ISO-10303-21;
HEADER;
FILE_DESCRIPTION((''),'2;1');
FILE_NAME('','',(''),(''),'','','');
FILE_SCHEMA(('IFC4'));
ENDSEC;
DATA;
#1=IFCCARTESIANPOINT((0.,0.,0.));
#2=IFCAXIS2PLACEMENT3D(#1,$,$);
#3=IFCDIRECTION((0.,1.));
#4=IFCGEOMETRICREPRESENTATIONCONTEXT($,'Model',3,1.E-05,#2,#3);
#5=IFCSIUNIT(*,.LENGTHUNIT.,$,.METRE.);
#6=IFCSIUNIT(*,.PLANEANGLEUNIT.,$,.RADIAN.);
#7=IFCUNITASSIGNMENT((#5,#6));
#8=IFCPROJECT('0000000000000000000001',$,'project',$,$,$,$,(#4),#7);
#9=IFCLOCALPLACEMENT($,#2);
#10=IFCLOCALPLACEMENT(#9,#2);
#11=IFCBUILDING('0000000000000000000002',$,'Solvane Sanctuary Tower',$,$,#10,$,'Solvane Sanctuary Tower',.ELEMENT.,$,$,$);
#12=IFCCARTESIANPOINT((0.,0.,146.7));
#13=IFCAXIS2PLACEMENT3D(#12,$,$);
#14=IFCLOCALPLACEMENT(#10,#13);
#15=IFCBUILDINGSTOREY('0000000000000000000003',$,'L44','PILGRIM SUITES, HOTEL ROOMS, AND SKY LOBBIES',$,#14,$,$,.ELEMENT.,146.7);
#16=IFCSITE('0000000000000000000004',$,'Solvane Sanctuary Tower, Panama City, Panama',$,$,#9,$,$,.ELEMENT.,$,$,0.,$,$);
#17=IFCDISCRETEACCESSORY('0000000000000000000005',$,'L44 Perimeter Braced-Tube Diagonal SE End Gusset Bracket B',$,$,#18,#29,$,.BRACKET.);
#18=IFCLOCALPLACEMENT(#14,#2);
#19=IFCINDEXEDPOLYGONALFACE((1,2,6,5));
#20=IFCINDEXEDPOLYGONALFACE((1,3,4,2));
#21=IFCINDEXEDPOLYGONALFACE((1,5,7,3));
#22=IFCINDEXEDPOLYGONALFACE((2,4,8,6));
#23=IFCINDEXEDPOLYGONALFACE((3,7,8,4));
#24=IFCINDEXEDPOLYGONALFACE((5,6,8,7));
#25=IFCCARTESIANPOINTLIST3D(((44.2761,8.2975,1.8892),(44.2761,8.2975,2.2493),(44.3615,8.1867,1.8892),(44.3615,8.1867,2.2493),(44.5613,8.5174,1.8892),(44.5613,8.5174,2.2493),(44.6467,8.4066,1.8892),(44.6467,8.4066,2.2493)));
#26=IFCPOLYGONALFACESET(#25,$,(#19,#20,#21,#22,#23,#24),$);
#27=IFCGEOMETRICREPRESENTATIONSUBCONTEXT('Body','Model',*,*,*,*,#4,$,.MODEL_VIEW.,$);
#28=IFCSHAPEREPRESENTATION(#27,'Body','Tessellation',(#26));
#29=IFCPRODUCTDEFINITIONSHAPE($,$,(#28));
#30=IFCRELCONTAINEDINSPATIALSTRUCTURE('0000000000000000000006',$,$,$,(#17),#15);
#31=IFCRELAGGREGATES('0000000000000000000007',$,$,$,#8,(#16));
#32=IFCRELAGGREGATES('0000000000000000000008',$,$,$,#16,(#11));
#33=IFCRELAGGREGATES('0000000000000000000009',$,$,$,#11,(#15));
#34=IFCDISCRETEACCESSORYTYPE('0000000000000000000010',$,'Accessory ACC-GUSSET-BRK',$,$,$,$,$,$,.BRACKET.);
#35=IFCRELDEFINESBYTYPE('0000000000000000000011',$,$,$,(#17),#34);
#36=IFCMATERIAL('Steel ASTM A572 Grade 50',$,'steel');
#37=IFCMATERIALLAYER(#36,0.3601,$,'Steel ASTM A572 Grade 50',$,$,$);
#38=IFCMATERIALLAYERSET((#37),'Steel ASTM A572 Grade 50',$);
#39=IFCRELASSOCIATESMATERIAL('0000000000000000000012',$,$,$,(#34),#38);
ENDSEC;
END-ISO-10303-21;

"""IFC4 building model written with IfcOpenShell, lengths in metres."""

from ifc_helpers import new_model, si_unit, direction, frame, origin, origin_2d, place, context, subcontext, project, spatial, rectangle, extrude, material, layer, layer_set, type_object, element, save


model = new_model("IFC4")

# Units and contexts
model_context = context("Model", 3, precision=1e-05, world=origin(), true_north=direction((0.0, 1.0)))
body_context = subcontext(model_context, "Body", "Model", "MODEL_VIEW")
ifc_project = project(units=[si_unit("LENGTHUNIT", "METRE"), si_unit("PLANEANGLEUNIT", "RADIAN")], contexts=[model_context])

# Site, building, storey
site_placement = place(None, origin())
site = spatial("IfcSite", under=ifc_project, at=site_placement, Name="Solvane Sanctuary Tower, Panama City, Panama", CompositionType="ELEMENT", RefElevation=0.0)
building_placement = place(site_placement, origin())
building = spatial("IfcBuilding", under=site, at=building_placement, Name="Solvane Sanctuary Tower", LongName="Solvane Sanctuary Tower", CompositionType="ELEMENT")
storey_placement = place(building_placement, frame((0.0, 0.0, 146.7)))
storey = spatial("IfcBuildingStorey", under=building, at=storey_placement, Name="L44", Description="PILGRIM SUITES, HOTEL ROOMS, AND SKY LOBBIES", CompositionType="ELEMENT", Elevation=146.7)

# Discrete accessory
ifc_material_1 = material(Name="Steel ASTM A572 Grade 50", Category="steel")
ifc_layer_1 = layer(ifc_material_1, 0.3601, Name="Steel ASTM A572 Grade 50")
ifc_layer_set_1 = layer_set([ifc_layer_1], Name="Steel ASTM A572 Grade 50")
discrete_accessory_type = type_object("IfcDiscreteAccessoryType", Name="Accessory ACC-GUSSET-BRK", PredefinedType="BRACKET", material=ifc_layer_set_1)
for number, where, z_axis, x_axis, name in (
    (1, (44.4614, 8.3521, 1.8892), (0.0, 0.0, 1.0), (-0.792077, -0.610422, 0.0), "L44 Perimeter Braced-Tube Diagonal SE End Gusset Bracket B"),
):
    element("IfcDiscreteAccessory", number, at=place(storey_placement, frame(where, z_axis=z_axis, x_axis=x_axis)), inside=storey, type_object=discrete_accessory_type, Name=name, PredefinedType="BRACKET", context=body_context, shape_type="SweptSolid", body=[
        extrude(rectangle(XDim=0.3601, YDim=0.1399, at=origin_2d()), origin(), (0.0, 0.0, 1.0), 0.3601),
    ])

save(model, "model.ifc")
